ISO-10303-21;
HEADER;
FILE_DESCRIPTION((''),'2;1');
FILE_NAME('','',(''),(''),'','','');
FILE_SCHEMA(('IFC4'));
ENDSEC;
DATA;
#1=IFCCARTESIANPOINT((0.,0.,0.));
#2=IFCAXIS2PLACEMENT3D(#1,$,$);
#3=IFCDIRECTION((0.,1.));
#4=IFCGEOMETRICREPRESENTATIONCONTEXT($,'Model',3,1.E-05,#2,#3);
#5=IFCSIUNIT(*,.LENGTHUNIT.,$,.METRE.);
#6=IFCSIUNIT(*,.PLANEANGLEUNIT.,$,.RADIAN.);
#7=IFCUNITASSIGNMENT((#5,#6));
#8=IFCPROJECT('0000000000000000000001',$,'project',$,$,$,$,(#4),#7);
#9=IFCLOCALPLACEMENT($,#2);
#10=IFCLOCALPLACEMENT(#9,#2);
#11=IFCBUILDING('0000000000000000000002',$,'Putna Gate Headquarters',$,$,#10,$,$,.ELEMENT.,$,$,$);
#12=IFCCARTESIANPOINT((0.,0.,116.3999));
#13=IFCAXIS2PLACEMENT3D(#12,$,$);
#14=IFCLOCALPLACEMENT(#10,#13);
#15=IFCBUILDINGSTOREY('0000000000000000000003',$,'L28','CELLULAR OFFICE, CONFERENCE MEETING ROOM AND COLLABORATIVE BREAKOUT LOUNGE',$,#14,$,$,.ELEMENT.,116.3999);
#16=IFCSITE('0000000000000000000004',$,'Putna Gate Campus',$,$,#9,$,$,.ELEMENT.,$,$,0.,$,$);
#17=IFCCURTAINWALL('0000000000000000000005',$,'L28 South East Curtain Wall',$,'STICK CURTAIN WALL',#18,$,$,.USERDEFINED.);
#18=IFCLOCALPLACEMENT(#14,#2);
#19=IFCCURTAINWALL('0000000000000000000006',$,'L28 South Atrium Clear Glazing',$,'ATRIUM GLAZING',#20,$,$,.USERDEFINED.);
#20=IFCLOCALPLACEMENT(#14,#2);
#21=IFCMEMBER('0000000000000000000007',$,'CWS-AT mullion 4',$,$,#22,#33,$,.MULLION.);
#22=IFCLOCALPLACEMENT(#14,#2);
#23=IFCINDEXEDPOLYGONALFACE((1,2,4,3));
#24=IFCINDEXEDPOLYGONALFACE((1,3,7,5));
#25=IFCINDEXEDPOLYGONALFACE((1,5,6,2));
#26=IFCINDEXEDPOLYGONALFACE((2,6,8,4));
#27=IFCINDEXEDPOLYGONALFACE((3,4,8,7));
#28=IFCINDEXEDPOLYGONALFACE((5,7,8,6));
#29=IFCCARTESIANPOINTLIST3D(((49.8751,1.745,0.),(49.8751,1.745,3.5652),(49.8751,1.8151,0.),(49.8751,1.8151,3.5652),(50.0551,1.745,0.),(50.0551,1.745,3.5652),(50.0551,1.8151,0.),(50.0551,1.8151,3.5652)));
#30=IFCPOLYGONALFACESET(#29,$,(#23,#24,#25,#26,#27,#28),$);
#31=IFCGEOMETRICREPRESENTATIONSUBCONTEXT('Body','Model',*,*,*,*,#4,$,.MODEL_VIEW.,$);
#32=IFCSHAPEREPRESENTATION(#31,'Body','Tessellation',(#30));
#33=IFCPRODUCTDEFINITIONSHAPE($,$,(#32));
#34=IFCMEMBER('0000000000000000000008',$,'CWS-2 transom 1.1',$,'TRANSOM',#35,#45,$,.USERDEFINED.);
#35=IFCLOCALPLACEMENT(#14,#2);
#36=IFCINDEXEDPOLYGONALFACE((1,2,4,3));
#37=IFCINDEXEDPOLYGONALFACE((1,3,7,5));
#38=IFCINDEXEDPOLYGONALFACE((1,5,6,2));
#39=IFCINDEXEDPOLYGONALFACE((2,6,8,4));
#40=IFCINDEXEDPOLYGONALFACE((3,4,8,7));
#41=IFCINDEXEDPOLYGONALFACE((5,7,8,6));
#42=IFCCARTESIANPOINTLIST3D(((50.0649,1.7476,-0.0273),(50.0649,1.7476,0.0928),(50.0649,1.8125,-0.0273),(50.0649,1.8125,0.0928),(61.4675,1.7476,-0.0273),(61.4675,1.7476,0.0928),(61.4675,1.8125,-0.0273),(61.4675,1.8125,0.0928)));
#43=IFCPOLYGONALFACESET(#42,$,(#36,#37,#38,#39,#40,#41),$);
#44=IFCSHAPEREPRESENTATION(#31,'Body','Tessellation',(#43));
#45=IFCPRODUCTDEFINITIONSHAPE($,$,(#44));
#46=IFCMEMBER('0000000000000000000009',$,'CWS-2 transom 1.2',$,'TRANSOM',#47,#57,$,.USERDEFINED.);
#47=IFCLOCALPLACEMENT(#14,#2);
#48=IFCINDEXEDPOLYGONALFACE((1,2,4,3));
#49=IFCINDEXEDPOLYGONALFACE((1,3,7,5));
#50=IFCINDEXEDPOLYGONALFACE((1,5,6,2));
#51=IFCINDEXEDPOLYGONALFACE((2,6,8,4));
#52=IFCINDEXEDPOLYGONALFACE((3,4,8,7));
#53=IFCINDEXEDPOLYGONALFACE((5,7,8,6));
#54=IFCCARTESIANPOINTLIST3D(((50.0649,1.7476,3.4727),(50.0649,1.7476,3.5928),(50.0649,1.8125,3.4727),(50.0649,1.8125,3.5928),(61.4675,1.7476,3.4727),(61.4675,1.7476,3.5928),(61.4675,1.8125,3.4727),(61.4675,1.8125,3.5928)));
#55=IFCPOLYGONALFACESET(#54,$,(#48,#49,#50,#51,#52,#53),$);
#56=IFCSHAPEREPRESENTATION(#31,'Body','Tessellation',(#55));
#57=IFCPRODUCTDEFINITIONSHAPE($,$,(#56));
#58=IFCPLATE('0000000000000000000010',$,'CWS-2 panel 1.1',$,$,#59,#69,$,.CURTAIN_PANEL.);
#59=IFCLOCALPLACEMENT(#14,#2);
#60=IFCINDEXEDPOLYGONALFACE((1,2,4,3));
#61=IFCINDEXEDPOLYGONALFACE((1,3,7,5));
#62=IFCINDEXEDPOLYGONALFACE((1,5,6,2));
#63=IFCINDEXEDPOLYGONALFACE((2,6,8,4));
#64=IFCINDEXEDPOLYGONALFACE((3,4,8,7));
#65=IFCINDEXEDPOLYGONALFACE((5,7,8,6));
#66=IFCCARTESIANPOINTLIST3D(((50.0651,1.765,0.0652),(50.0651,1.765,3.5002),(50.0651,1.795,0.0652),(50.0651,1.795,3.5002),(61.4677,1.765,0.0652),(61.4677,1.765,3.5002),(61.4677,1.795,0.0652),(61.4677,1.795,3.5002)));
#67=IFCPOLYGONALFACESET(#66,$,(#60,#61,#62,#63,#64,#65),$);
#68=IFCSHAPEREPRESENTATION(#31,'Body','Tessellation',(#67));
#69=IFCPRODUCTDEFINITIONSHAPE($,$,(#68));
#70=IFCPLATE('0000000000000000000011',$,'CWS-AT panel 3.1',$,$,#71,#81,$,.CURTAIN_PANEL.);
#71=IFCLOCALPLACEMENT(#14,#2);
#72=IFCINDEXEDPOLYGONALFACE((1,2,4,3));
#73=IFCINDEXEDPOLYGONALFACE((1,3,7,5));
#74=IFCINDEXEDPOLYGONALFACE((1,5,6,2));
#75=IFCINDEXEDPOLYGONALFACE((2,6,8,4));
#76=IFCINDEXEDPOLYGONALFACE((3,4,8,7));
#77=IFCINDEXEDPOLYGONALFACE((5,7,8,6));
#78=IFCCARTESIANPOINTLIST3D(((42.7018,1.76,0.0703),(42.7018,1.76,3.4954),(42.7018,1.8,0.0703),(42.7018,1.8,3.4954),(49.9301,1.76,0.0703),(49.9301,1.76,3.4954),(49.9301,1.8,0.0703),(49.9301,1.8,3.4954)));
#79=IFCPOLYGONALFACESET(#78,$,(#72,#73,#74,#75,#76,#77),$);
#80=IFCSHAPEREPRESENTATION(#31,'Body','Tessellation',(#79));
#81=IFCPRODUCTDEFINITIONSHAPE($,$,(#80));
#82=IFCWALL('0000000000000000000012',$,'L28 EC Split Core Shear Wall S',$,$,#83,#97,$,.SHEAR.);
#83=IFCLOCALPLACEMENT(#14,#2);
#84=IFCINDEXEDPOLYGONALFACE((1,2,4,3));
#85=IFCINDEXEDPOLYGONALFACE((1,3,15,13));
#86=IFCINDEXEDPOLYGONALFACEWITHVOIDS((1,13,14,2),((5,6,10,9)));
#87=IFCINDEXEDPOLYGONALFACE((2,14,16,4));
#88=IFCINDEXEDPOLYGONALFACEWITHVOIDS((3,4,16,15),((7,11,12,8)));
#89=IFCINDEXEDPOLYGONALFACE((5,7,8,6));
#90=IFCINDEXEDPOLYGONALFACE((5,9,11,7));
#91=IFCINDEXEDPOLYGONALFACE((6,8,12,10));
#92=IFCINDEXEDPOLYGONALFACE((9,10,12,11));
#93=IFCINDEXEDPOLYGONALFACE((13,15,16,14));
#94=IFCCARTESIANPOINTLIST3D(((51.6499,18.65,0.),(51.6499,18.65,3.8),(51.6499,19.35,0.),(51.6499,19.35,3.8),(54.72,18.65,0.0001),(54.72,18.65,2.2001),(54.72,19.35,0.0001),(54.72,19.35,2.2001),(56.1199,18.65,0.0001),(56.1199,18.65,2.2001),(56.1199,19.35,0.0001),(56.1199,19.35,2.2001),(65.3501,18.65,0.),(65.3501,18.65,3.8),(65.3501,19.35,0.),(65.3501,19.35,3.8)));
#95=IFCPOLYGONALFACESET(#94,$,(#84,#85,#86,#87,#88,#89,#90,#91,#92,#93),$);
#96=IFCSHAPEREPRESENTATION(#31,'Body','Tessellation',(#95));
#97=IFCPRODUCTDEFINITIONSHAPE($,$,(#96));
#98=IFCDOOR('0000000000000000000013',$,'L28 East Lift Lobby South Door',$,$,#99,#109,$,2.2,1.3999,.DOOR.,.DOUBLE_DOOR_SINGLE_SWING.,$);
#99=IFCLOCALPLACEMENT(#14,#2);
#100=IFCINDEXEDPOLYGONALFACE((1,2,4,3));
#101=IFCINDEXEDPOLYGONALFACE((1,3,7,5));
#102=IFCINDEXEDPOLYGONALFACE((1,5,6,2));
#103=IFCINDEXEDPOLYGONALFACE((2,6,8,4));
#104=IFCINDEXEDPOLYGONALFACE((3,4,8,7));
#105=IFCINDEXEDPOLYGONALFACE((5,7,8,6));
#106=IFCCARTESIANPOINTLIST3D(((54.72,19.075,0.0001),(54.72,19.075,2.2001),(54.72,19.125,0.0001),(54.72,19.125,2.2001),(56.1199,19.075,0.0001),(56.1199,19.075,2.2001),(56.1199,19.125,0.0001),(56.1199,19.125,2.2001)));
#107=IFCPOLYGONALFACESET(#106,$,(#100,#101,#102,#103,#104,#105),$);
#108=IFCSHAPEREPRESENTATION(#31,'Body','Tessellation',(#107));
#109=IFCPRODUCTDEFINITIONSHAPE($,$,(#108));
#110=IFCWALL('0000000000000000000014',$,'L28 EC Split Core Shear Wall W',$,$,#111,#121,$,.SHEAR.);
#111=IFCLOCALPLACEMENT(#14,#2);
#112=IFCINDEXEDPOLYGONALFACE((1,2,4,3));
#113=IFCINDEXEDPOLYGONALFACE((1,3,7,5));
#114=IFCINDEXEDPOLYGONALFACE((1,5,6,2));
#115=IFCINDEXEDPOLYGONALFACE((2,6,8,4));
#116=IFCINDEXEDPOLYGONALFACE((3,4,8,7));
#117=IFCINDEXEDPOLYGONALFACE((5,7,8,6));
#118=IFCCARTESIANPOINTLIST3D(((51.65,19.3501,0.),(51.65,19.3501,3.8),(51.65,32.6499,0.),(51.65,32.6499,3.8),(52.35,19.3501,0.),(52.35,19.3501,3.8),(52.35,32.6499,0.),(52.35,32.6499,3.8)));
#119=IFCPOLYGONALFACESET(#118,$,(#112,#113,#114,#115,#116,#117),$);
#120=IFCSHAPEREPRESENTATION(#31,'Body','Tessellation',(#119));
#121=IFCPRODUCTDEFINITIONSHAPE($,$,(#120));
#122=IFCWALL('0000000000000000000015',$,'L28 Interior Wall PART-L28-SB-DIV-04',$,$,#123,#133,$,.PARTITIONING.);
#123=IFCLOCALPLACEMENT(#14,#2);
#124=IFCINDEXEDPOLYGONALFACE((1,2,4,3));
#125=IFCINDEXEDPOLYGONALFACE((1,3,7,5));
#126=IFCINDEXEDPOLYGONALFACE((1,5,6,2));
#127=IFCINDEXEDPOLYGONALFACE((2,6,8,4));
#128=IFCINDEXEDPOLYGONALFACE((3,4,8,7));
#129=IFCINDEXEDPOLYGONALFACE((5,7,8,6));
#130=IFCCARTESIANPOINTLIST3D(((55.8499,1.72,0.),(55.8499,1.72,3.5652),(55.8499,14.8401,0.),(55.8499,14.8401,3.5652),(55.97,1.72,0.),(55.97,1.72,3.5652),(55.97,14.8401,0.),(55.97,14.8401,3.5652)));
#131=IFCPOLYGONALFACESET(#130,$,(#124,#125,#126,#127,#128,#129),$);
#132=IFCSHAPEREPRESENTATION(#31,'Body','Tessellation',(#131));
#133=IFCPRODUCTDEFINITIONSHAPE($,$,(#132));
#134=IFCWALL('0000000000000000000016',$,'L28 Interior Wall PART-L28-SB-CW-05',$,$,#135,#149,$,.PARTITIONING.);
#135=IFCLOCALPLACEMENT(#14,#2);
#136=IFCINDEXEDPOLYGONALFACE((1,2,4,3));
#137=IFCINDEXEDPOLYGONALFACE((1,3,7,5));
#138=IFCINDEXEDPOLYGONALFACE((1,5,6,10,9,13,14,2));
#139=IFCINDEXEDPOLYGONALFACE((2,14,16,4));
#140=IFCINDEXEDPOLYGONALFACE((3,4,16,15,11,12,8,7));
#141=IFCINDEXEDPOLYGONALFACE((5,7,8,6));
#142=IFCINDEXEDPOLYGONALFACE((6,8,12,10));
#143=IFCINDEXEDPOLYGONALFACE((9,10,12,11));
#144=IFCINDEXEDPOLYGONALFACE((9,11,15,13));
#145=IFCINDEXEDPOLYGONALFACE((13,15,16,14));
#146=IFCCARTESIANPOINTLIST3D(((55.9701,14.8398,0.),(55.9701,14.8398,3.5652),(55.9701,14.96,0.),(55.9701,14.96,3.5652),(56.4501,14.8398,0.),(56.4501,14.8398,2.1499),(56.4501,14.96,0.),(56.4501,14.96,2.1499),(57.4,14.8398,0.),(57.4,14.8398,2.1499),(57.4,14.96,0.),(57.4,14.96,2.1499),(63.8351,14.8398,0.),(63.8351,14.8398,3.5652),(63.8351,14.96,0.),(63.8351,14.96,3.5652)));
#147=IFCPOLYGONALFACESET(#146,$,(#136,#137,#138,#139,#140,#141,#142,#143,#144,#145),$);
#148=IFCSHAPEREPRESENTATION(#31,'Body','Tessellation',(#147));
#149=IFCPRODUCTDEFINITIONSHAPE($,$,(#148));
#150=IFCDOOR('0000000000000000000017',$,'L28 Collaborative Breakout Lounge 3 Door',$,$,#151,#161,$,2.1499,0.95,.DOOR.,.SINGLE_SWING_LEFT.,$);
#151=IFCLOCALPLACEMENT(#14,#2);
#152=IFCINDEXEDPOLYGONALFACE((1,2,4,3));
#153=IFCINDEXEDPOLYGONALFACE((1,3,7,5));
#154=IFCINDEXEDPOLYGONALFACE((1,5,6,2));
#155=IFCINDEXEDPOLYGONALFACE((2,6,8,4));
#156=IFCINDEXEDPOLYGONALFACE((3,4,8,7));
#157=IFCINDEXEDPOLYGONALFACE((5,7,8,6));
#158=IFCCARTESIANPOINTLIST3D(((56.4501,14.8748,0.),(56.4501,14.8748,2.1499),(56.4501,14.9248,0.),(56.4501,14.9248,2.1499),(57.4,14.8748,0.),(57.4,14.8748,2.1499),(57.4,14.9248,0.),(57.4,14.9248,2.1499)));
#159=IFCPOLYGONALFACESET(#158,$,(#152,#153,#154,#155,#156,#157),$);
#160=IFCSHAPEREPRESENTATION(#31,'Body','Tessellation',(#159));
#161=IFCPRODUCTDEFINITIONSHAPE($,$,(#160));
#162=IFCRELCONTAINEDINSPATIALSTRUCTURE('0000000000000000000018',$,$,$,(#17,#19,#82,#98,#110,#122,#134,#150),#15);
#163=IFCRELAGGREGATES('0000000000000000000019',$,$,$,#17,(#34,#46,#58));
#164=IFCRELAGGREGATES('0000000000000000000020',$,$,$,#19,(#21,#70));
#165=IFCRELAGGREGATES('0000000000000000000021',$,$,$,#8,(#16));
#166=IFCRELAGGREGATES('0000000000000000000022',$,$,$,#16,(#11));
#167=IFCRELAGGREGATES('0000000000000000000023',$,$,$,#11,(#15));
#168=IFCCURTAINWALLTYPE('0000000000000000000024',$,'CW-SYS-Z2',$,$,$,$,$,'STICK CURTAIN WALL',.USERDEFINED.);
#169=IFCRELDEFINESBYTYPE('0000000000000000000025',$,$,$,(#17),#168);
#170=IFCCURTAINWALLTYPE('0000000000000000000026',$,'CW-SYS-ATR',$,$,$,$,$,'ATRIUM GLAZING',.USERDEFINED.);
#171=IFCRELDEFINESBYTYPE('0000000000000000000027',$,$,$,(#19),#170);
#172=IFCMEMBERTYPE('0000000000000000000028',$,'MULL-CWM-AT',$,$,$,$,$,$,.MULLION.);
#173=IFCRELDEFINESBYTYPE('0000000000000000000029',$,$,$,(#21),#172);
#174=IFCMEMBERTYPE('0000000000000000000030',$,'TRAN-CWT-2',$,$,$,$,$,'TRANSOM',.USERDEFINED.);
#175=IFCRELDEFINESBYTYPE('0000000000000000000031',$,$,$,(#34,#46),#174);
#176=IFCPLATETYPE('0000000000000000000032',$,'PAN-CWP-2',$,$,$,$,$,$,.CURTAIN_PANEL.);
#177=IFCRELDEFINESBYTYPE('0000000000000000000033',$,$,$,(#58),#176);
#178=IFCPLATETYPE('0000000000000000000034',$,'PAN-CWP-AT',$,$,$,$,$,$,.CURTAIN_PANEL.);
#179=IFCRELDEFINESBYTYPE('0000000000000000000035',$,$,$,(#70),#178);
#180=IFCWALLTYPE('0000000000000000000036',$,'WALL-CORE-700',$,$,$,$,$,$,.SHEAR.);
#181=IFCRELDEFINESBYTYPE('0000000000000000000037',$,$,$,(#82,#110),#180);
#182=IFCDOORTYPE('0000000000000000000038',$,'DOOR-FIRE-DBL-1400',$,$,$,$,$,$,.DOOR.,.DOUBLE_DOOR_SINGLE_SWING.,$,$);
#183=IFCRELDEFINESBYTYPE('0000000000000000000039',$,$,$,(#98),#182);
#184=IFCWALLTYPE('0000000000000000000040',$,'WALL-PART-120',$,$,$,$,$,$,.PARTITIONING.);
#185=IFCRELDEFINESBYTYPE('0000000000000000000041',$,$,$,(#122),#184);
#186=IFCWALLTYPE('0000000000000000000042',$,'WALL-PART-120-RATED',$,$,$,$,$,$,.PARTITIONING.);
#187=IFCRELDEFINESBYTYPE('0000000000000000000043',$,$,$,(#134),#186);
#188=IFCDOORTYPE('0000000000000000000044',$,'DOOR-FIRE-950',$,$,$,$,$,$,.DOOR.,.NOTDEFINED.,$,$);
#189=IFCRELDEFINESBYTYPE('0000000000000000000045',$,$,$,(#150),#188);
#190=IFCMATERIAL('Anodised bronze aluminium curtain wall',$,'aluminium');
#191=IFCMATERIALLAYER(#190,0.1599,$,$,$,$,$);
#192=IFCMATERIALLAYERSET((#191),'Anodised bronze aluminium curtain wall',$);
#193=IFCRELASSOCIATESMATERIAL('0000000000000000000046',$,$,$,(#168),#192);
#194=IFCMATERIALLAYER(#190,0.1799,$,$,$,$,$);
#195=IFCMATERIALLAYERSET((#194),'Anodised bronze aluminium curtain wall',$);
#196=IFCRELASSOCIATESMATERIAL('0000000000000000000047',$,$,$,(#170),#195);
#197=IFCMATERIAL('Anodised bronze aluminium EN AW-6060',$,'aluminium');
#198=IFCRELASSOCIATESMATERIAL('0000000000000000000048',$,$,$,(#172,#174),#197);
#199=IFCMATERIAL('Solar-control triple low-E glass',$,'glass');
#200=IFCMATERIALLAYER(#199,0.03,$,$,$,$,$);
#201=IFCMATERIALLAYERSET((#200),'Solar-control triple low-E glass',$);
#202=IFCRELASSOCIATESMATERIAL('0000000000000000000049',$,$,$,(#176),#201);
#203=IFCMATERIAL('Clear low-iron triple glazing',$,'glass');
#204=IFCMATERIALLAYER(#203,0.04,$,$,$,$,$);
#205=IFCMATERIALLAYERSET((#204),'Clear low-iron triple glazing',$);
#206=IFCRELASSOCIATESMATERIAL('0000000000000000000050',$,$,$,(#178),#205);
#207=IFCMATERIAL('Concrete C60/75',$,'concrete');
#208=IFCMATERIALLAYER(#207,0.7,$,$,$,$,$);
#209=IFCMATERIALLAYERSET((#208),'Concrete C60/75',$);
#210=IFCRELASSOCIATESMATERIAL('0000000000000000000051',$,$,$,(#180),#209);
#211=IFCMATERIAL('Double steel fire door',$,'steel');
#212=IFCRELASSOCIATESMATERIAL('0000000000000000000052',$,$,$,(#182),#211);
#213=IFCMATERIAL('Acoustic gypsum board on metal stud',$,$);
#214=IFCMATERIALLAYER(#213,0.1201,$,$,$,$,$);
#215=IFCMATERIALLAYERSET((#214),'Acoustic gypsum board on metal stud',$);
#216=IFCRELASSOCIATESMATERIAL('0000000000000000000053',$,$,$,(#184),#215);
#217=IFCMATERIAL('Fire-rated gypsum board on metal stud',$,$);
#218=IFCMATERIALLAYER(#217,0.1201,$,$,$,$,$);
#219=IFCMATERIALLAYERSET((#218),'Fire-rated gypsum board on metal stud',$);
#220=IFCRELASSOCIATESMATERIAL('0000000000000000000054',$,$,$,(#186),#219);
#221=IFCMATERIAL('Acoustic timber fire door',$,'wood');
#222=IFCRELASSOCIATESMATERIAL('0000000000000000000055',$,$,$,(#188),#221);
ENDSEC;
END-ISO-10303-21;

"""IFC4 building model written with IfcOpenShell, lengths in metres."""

from ifc_helpers import new_model, si_unit, direction, frame, frame_2d, origin, origin_2d, place, context, subcontext, project, spatial, rectangle, extrude, material, layer, layer_set, material_profile, profile_set, type_object, element, fill, aggregate, save


model = new_model("IFC4")

# Units and contexts
model_context = context("Model", 3, precision=1e-05, world=origin(), true_north=direction((0.0, 1.0)))
body_context = subcontext(model_context, "Body", "Model", "MODEL_VIEW")
ifc_project = project(units=[si_unit("LENGTHUNIT", "METRE"), si_unit("PLANEANGLEUNIT", "RADIAN")], contexts=[model_context])

# Site, building, storey
site_placement = place(None, origin())
site = spatial("IfcSite", under=ifc_project, at=site_placement, Name="Putna Gate Campus", CompositionType="ELEMENT", RefElevation=0.0)
building_placement = place(site_placement, origin())
building = spatial("IfcBuilding", under=site, at=building_placement, Name="Putna Gate Headquarters", CompositionType="ELEMENT")
storey_placement = place(building_placement, frame((0.0, 0.0, 116.3999)))
storey = spatial("IfcBuildingStorey", under=building, at=storey_placement, Name="L28", Description="CELLULAR OFFICE, CONFERENCE MEETING ROOM AND COLLABORATIVE BREAKOUT LOUNGE", CompositionType="ELEMENT", Elevation=116.3999)

# Shared definitions
ifc_material_1 = material(Name="Concrete C60/75", Category="concrete")

# Curtain walls, member
ifc_material_2 = material(Name="Anodised bronze aluminium curtain wall", Category="aluminium")
ifc_layer_1 = layer(ifc_material_2, 0.1599)
ifc_layer_set_1 = layer_set([ifc_layer_1], Name="Anodised bronze aluminium curtain wall")
curtain_wall_type_1 = type_object("IfcCurtainWallType", Name="CW-SYS-Z2", ElementType="STICK CURTAIN WALL", PredefinedType="USERDEFINED", material=ifc_layer_set_1)
curtain_wall_1_placement = place(storey_placement, origin())
curtain_wall_1 = element("IfcCurtainWall", 1, at=curtain_wall_1_placement, inside=storey, type_object=curtain_wall_type_1, Name="L28 South East Curtain Wall", ObjectType="STICK CURTAIN WALL", PredefinedType="USERDEFINED")
ifc_material_3 = material(Name="Anodised bronze aluminium EN AW-6060", Category="aluminium")
ifc_layer_2 = layer(ifc_material_2, 0.1799)
ifc_layer_set_2 = layer_set([ifc_layer_2], Name="Anodised bronze aluminium curtain wall")
curtain_wall_type_2 = type_object("IfcCurtainWallType", Name="CW-SYS-ATR", ElementType="ATRIUM GLAZING", PredefinedType="USERDEFINED", material=ifc_layer_set_2)
curtain_wall_2_placement = place(storey_placement, origin())
curtain_wall_2 = element("IfcCurtainWall", 2, at=curtain_wall_2_placement, inside=storey, type_object=curtain_wall_type_2, Name="L28 South Atrium Clear Glazing", ObjectType="ATRIUM GLAZING", PredefinedType="USERDEFINED")
ifc_material_profile_1 = material_profile(ifc_material_3, rectangle(XDim=0.0701, YDim=0.1799, at=origin_2d()), Name="Anodised bronze aluminium EN AW-6060")
ifc_profile_set_1 = profile_set([ifc_material_profile_1], Name="Anodised bronze aluminium EN AW-6060")
member_type_1 = type_object("IfcMemberType", Name="MULL-CWM-AT", PredefinedType="MULLION", material=ifc_profile_set_1)
member_1_placement = place(storey_placement, frame((49.9651, 1.78, 0.0), z_axis=(0.0, 0.0, 1.0), x_axis=(0.0, 1.0, 0.0)))
member_1 = element("IfcMember", 3, at=member_1_placement, type_object=member_type_1, Name="CWS-AT mullion 4", PredefinedType="MULLION", context=body_context, shape_type="SweptSolid", body=[
    extrude(rectangle(XDim=0.0701, YDim=0.1799, at=origin_2d()), origin(), (0.0, 0.0, 1.0), 3.5652),
])

# Members
ifc_material_profile_2 = material_profile(ifc_material_3, rectangle(XDim=0.0649, YDim=0.1201, at=origin_2d()), Name="Anodised bronze aluminium EN AW-6060")
ifc_profile_set_2 = profile_set([ifc_material_profile_2], Name="Anodised bronze aluminium EN AW-6060")
member_type_2 = type_object("IfcMemberType", Name="TRAN-CWT-2", ElementType="TRANSOM", PredefinedType="USERDEFINED", material=ifc_profile_set_2)
member_2_placement = place(storey_placement, frame((50.0649, 1.78, 0.0327), z_axis=(1.0, 0.0, 0.0), x_axis=(0.0, 1.0, 0.0)))
member_2 = element("IfcMember", 4, at=member_2_placement, type_object=member_type_2, Name="CWS-2 transom 1.1", ObjectType="TRANSOM", PredefinedType="USERDEFINED", context=body_context, shape_type="SweptSolid", body=[
    extrude(rectangle(XDim=0.0649, YDim=0.1201, at=origin_2d()), origin(), (0.0, 0.0, 1.0), 11.4026),
])
member_3_placement = place(storey_placement, frame((50.0649, 1.78, 3.5327), z_axis=(1.0, 0.0, 0.0), x_axis=(0.0, 1.0, 0.0)))
member_3 = element("IfcMember", 5, at=member_3_placement, type_object=member_type_2, Name="CWS-2 transom 1.2", ObjectType="TRANSOM", PredefinedType="USERDEFINED", context=body_context, shape_type="SweptSolid", body=[
    extrude(rectangle(XDim=0.0649, YDim=0.1201, at=origin_2d()), origin(), (0.0, 0.0, 1.0), 11.4026),
])

# Plates
ifc_material_4 = material(Name="Solar-control triple low-E glass", Category="glass")
ifc_layer_3 = layer(ifc_material_4, 0.03)
ifc_layer_set_3 = layer_set([ifc_layer_3], Name="Solar-control triple low-E glass")
plate_type_1 = type_object("IfcPlateType", Name="PAN-CWP-2", PredefinedType="CURTAIN_PANEL", material=ifc_layer_set_3)
plate_1_placement = place(storey_placement, frame((55.7664, 1.78, 0.0652), z_axis=(0.0, 0.0, 1.0), x_axis=(1.0, 0.0, 0.0)))
plate_1 = element("IfcPlate", 6, at=plate_1_placement, type_object=plate_type_1, Name="CWS-2 panel 1.1", PredefinedType="CURTAIN_PANEL", context=body_context, shape_type="SweptSolid", body=[
    extrude(rectangle(XDim=11.4026, YDim=0.03, at=origin_2d()), origin(), (0.0, 0.0, 1.0), 3.4351),
])
aggregate(curtain_wall_1, [member_2, member_3, plate_1])
ifc_material_5 = material(Name="Clear low-iron triple glazing", Category="glass")
ifc_layer_4 = layer(ifc_material_5, 0.04)
ifc_layer_set_4 = layer_set([ifc_layer_4], Name="Clear low-iron triple glazing")
plate_type_2 = type_object("IfcPlateType", Name="PAN-CWP-AT", PredefinedType="CURTAIN_PANEL", material=ifc_layer_set_4)
plate_2_placement = place(storey_placement, frame((46.3159, 1.78, 0.0703), z_axis=(0.0, 0.0, 1.0), x_axis=(1.0, 0.0, 0.0)))
plate_2 = element("IfcPlate", 7, at=plate_2_placement, type_object=plate_type_2, Name="CWS-AT panel 3.1", PredefinedType="CURTAIN_PANEL", context=body_context, shape_type="SweptSolid", body=[
    extrude(rectangle(XDim=7.2283, YDim=0.04, at=origin_2d()), origin(), (0.0, 0.0, 1.0), 3.425),
])
aggregate(curtain_wall_2, [member_1, plate_2])

# Wall, opening, door
ifc_layer_5 = layer(ifc_material_1, 0.7)
ifc_layer_set_5 = layer_set([ifc_layer_5], Name="Concrete C60/75")
wall_type_1 = type_object("IfcWallType", Name="WALL-CORE-700", PredefinedType="SHEAR", material=ifc_layer_set_5)
wall_1_placement = place(storey_placement, frame((51.6499, 19.0, 0.0), z_axis=(0.0, 0.0, 1.0), x_axis=(1.0, 0.0, 0.0)))
wall_1 = element("IfcWall", 8, at=wall_1_placement, inside=storey, type_object=wall_type_1, Name="L28 EC Split Core Shear Wall S", PredefinedType="SHEAR", context=body_context, shape_type="SweptSolid", body=[
    extrude(rectangle(XDim=13.7002, YDim=0.7, at=frame_2d((6.8501, 0.0))), origin(), (0.0, 0.0, 1.0), 3.8),
])
opening_1_placement = place(wall_1_placement, frame((3.0701, 0.0, 0.0)))
opening_1 = element("IfcOpeningElement", 9, at=opening_1_placement, cuts=wall_1, PredefinedType="OPENING", context=body_context, shape_type="SweptSolid", body=[
    extrude(rectangle(XDim=1.3999, YDim=2.2, at=frame_2d((0.7, 1.1001))), frame((0.0, 0.3599, 0.0), z_axis=(0.0, -1.0, 0.0), x_axis=(1.0, 0.0, 0.0)), (0.0, 0.0, 1.0), 0.72),
])
ifc_material_6 = material(Name="Double steel fire door", Category="steel")
door_type_1 = type_object("IfcDoorType", Name="DOOR-FIRE-DBL-1400", OperationType="DOUBLE_DOOR_SINGLE_SWING", PredefinedType="DOOR", material=ifc_material_6)
door_1_placement = place(opening_1_placement, origin())
door_1 = element("IfcDoor", 10, at=door_1_placement, inside=storey, type_object=door_type_1, Name="L28 East Lift Lobby South Door", OperationType="DOUBLE_DOOR_SINGLE_SWING", OverallHeight=2.2, OverallWidth=1.3999, PredefinedType="DOOR", context=body_context, shape_type="SweptSolid", body=[
    extrude(rectangle(XDim=1.3999, YDim=2.2, at=frame_2d((0.7, 1.1001))), frame((0.0, 0.125, 0.0), z_axis=(0.0, -1.0, 0.0), x_axis=(1.0, 0.0, 0.0)), (0.0, 0.0, 1.0), 0.05),
])
fill(opening_1, door_1)

# Walls
wall_2_placement = place(storey_placement, frame((52.0, 19.3501, 0.0), z_axis=(0.0, 0.0, 1.0), x_axis=(0.0, 1.0, 0.0)))
element("IfcWall", 11, at=wall_2_placement, inside=storey, type_object=wall_type_1, Name="L28 EC Split Core Shear Wall W", PredefinedType="SHEAR", context=body_context, shape_type="SweptSolid", body=[
    extrude(rectangle(XDim=13.2998, YDim=0.7, at=frame_2d((6.6499, 0.0))), origin(), (0.0, 0.0, 1.0), 3.8),
])
ifc_material_7 = material(Name="Acoustic gypsum board on metal stud")
ifc_layer_6 = layer(ifc_material_7, 0.1201)
ifc_layer_set_6 = layer_set([ifc_layer_6], Name="Acoustic gypsum board on metal stud")
wall_type_2 = type_object("IfcWallType", Name="WALL-PART-120", PredefinedType="PARTITIONING", material=ifc_layer_set_6)
wall_3_placement = place(storey_placement, frame((55.9099, 1.72, 0.0), z_axis=(0.0, 0.0, 1.0), x_axis=(0.0, 1.0, 0.0)))
element("IfcWall", 12, at=wall_3_placement, inside=storey, type_object=wall_type_2, Name="L28 Interior Wall PART-L28-SB-DIV-04", PredefinedType="PARTITIONING", context=body_context, shape_type="SweptSolid", body=[
    extrude(rectangle(XDim=13.1201, YDim=0.1201, at=frame_2d((6.5601, 0.0))), origin(), (0.0, 0.0, 1.0), 3.5652),
])

# Wall, opening, door
ifc_material_8 = material(Name="Fire-rated gypsum board on metal stud")
ifc_layer_7 = layer(ifc_material_8, 0.1201)
ifc_layer_set_7 = layer_set([ifc_layer_7], Name="Fire-rated gypsum board on metal stud")
wall_type_3 = type_object("IfcWallType", Name="WALL-PART-120-RATED", PredefinedType="PARTITIONING", material=ifc_layer_set_7)
wall_4_placement = place(storey_placement, frame((55.97, 14.8999, 0.0), z_axis=(0.0, 0.0, 1.0), x_axis=(1.0, 0.0, 0.0)))
wall_4 = element("IfcWall", 13, at=wall_4_placement, inside=storey, type_object=wall_type_3, Name="L28 Interior Wall PART-L28-SB-CW-05", PredefinedType="PARTITIONING", context=body_context, shape_type="SweptSolid", body=[
    extrude(rectangle(XDim=7.865, YDim=0.1201, at=frame_2d((3.9326, 0.0))), origin(), (0.0, 0.0, 1.0), 3.5652),
])
opening_2_placement = place(wall_4_placement, frame((0.48, 0.0, 0.0)))
opening_2 = element("IfcOpeningElement", 14, at=opening_2_placement, cuts=wall_4, PredefinedType="OPENING", context=body_context, shape_type="SweptSolid", body=[
    extrude(rectangle(XDim=0.95, YDim=2.1499, at=frame_2d((0.4751, 1.075))), frame((0.0, 0.0701, 0.0), z_axis=(0.0, -1.0, 0.0), x_axis=(1.0, 0.0, 0.0)), (0.0, 0.0, 1.0), 0.1401),
])
ifc_material_9 = material(Name="Acoustic timber fire door", Category="wood")
door_type_2 = type_object("IfcDoorType", Name="DOOR-FIRE-950", OperationType="NOTDEFINED", PredefinedType="DOOR", material=ifc_material_9)
door_2_placement = place(opening_2_placement, origin())
door_2 = element("IfcDoor", 15, at=door_2_placement, inside=storey, type_object=door_type_2, Name="L28 Collaborative Breakout Lounge 3 Door", OperationType="SINGLE_SWING_LEFT", OverallHeight=2.1499, OverallWidth=0.95, PredefinedType="DOOR", context=body_context, shape_type="SweptSolid", body=[
    extrude(rectangle(XDim=0.95, YDim=2.1499, at=frame_2d((0.4751, 1.075))), frame((0.0, 0.0249, 0.0), z_axis=(0.0, -1.0, 0.0), x_axis=(1.0, 0.0, 0.0)), (0.0, 0.0, 1.0), 0.05),
])
fill(opening_2, door_2)

save(model, "model.ifc")
